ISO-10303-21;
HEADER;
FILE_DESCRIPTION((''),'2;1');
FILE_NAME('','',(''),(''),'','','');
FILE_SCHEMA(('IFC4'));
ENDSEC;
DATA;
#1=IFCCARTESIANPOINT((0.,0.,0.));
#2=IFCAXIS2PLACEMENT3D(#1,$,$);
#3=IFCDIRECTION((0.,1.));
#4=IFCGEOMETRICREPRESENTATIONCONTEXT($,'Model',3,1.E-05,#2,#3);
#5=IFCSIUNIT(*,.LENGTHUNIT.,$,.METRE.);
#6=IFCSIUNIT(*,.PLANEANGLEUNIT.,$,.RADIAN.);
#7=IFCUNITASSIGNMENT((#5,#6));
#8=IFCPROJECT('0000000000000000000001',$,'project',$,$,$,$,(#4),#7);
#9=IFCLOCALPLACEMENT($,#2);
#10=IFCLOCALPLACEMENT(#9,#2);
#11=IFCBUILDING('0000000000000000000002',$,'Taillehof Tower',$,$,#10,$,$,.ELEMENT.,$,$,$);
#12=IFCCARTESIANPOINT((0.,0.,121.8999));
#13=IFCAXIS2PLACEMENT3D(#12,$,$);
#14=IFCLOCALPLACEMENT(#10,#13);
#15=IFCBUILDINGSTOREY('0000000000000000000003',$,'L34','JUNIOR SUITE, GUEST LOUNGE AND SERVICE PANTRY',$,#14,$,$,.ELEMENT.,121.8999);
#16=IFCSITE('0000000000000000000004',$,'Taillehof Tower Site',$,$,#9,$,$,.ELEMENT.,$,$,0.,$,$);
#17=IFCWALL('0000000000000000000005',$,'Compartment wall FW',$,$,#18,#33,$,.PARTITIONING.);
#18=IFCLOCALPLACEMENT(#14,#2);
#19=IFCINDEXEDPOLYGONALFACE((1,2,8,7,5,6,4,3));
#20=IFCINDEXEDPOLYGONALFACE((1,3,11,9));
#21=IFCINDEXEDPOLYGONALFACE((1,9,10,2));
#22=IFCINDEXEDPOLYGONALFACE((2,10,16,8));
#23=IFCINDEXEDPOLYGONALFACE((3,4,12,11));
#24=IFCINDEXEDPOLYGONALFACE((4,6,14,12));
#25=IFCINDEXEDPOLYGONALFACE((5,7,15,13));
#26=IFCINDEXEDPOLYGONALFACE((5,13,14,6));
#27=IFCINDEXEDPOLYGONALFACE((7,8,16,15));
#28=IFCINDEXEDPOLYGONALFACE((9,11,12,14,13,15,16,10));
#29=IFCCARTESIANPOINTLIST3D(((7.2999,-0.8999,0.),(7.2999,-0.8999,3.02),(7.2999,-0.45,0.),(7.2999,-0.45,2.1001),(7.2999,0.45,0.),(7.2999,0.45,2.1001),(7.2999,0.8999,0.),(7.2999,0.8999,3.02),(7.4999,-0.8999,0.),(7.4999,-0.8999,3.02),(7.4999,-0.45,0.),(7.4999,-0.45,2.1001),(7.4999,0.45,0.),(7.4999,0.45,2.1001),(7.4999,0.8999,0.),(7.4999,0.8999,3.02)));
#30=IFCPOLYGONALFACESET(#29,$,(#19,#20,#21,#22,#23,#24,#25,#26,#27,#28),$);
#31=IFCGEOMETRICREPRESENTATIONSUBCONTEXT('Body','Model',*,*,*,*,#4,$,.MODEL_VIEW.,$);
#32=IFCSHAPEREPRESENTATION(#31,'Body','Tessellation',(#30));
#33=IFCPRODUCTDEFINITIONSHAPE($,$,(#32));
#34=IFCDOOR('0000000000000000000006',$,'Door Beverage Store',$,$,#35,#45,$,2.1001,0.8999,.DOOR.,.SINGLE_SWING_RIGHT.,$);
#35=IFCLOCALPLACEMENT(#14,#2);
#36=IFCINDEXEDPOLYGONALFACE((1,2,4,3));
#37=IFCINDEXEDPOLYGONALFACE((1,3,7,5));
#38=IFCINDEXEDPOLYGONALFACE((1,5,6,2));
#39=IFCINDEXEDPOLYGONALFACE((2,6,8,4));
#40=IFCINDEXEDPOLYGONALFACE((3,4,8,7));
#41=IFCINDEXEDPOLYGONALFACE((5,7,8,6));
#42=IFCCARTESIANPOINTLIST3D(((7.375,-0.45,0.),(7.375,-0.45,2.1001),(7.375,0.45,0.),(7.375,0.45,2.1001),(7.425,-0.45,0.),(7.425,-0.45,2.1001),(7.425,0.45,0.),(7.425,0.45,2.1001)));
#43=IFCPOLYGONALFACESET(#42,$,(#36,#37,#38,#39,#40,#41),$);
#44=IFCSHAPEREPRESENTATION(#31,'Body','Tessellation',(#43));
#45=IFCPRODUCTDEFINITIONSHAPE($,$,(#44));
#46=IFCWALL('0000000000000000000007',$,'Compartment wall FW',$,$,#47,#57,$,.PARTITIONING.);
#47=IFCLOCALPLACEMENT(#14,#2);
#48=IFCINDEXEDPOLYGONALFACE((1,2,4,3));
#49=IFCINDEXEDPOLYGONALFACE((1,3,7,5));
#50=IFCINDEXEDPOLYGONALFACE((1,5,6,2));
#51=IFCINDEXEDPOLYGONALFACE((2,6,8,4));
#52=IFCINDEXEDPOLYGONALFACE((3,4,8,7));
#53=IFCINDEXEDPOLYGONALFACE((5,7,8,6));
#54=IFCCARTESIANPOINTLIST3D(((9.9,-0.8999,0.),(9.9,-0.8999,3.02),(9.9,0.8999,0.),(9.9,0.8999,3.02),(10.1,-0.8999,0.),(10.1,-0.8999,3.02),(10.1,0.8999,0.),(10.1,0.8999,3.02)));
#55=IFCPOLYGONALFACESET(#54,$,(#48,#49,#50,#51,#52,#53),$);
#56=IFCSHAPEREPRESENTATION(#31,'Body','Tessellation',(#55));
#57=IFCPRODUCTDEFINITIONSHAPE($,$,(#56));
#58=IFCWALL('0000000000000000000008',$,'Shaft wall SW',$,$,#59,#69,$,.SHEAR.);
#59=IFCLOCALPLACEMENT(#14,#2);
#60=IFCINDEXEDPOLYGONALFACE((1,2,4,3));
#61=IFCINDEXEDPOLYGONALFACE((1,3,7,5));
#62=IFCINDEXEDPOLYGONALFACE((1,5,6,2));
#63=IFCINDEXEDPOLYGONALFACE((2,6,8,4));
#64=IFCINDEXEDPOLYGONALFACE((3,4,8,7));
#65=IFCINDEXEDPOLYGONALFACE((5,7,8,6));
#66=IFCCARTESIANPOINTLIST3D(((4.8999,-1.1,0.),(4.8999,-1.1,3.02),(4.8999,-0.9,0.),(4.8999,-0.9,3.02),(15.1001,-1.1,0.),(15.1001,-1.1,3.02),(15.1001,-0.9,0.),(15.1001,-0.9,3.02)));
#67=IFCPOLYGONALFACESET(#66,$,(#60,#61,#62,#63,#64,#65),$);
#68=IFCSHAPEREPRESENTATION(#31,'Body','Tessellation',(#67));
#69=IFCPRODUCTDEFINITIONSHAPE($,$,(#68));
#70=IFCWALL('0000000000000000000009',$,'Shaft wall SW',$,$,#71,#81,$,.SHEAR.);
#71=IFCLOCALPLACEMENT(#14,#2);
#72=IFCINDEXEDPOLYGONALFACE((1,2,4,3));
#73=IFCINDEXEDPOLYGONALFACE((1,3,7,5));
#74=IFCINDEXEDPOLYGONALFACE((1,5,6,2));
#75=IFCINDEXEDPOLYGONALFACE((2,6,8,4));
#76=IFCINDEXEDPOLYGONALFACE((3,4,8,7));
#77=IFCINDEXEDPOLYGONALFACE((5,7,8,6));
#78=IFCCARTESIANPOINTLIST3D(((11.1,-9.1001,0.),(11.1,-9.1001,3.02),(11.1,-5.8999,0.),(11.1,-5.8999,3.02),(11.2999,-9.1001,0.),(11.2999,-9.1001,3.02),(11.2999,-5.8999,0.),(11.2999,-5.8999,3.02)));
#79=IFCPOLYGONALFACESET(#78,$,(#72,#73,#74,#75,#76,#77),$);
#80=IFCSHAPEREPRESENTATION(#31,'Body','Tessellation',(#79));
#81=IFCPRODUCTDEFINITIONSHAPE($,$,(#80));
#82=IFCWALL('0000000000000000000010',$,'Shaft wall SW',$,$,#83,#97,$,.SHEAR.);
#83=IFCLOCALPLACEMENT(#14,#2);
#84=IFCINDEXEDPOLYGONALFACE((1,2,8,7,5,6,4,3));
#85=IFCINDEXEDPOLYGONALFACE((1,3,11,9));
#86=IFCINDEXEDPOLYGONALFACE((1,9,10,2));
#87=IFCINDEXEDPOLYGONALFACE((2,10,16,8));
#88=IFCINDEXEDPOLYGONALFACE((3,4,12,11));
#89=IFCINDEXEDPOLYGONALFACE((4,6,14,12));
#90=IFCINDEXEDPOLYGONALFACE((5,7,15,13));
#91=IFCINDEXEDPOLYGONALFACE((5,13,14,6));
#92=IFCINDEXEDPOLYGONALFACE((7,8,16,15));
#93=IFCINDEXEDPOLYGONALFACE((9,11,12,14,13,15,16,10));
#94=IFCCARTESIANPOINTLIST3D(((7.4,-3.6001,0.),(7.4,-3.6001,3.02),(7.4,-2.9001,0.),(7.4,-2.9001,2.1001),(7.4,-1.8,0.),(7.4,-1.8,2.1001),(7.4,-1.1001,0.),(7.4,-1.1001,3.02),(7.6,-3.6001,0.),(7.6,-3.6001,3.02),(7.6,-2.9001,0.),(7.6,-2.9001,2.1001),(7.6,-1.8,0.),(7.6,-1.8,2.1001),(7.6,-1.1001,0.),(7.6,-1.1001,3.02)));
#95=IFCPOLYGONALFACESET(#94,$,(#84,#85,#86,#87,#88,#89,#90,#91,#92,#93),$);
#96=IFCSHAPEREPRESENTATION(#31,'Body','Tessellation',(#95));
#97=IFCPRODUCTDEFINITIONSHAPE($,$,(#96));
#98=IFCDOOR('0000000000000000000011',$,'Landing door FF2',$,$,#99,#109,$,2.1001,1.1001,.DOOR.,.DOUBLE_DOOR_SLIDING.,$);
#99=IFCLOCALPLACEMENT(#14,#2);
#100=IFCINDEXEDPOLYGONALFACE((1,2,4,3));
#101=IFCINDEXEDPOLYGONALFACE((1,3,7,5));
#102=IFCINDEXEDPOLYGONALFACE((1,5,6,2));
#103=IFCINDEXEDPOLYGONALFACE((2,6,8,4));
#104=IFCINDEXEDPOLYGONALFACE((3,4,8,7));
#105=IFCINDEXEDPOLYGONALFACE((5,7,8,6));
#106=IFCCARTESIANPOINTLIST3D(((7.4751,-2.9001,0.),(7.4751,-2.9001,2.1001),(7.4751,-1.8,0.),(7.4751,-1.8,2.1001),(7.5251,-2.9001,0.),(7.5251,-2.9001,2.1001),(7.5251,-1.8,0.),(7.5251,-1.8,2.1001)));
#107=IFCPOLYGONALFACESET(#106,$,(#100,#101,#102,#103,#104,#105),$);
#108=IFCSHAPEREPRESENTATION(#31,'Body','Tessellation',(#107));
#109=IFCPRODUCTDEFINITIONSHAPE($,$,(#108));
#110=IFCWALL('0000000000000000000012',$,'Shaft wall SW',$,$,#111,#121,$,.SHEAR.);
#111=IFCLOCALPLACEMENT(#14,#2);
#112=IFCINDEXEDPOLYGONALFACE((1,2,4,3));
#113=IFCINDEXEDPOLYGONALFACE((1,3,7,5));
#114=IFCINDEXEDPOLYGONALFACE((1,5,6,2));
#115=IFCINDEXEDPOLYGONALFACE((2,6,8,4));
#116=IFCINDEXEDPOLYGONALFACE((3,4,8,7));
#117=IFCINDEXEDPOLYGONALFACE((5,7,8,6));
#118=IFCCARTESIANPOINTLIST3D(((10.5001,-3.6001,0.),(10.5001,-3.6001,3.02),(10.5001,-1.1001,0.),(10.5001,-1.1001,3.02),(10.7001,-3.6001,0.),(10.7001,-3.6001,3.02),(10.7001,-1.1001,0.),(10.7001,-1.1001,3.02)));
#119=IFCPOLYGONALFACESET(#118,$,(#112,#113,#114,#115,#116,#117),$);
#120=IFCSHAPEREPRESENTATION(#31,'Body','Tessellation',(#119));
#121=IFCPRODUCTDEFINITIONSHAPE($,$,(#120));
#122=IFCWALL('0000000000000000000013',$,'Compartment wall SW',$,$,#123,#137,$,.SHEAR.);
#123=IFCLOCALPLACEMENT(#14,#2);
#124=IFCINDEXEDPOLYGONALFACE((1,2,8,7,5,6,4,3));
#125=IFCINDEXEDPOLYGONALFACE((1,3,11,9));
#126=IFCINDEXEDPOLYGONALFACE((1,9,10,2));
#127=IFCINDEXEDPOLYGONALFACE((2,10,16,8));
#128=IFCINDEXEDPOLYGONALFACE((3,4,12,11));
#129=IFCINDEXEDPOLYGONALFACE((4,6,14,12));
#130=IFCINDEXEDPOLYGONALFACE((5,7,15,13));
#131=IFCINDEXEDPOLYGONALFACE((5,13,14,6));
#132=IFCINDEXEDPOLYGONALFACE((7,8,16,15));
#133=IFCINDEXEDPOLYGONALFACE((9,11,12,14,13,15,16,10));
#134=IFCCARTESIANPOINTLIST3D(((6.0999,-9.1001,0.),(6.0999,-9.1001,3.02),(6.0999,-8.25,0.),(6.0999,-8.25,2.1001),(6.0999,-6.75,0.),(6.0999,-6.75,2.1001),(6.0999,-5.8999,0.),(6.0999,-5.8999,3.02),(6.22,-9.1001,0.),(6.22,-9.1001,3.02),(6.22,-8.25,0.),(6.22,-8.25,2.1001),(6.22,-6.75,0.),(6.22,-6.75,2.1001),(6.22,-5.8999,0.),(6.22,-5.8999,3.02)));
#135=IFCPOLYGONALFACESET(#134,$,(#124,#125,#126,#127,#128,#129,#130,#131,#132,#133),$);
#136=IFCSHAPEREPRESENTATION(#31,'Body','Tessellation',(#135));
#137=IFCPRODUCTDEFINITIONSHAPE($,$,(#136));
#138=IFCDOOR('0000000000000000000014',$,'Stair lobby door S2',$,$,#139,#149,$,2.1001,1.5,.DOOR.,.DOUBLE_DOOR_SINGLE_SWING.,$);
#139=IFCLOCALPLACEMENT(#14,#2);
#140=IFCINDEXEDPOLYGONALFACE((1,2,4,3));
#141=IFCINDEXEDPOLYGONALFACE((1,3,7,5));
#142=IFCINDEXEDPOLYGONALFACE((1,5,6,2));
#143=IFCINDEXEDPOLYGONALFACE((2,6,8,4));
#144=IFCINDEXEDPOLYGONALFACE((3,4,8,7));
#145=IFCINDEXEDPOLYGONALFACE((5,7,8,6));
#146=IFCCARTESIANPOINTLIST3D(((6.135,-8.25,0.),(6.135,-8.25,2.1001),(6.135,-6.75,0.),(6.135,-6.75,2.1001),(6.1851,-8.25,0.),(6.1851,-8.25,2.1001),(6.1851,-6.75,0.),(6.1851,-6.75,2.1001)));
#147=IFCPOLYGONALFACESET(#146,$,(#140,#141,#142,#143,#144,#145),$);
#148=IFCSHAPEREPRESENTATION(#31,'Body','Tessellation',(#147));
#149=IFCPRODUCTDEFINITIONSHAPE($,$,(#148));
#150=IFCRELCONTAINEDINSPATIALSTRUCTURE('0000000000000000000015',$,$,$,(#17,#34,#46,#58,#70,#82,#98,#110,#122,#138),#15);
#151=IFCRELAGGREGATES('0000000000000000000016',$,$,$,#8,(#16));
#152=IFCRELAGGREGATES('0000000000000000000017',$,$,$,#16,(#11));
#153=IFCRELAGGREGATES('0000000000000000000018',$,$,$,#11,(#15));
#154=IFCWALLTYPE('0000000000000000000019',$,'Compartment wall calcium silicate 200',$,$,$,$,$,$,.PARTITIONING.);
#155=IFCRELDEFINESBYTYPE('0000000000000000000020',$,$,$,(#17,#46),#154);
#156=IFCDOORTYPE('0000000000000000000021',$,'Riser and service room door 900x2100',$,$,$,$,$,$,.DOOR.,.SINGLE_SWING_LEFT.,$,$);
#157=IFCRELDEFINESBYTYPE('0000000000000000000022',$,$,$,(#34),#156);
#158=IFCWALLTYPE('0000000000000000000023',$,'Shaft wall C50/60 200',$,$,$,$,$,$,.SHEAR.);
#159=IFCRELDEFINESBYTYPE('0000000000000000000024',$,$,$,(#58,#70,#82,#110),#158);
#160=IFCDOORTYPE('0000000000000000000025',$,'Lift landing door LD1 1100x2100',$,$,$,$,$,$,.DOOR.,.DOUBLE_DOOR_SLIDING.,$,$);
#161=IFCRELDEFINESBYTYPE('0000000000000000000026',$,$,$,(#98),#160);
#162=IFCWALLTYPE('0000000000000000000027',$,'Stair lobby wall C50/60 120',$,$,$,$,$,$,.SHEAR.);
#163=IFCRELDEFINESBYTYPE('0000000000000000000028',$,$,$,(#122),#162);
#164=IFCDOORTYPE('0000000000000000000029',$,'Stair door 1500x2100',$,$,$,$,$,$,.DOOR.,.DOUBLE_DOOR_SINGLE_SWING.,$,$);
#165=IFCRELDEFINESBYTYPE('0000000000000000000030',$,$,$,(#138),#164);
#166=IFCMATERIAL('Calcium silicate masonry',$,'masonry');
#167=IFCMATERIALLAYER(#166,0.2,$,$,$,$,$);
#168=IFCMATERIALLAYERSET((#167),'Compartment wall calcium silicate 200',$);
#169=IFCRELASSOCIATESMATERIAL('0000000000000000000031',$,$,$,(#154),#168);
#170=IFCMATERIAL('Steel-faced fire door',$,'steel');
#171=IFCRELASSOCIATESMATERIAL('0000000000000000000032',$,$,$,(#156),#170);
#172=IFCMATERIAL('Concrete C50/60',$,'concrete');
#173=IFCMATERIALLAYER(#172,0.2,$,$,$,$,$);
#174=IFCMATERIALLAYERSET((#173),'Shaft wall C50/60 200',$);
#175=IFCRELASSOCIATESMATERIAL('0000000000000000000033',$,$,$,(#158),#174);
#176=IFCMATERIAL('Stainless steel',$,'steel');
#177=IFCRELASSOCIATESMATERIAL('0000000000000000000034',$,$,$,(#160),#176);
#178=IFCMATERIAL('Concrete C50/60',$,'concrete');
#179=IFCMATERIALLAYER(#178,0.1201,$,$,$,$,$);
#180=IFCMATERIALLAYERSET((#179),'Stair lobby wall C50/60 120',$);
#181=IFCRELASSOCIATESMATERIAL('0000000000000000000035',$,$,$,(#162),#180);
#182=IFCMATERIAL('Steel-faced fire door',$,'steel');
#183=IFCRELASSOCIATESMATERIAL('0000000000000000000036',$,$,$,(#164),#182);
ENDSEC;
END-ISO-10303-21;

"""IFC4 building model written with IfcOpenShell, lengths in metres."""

from ifc_helpers import new_model, si_unit, direction, frame, frame_2d, origin, place, context, subcontext, project, spatial, rectangle, extrude, material, layer, layer_set, type_object, element, fill, save


model = new_model("IFC4")

# Units and contexts
model_context = context("Model", 3, precision=1e-05, world=origin(), true_north=direction((0.0, 1.0)))
body_context = subcontext(model_context, "Body", "Model", "MODEL_VIEW")
ifc_project = project(units=[si_unit("LENGTHUNIT", "METRE"), si_unit("PLANEANGLEUNIT", "RADIAN")], contexts=[model_context])

# Site, building, storey
site_placement = place(None, origin())
site = spatial("IfcSite", under=ifc_project, at=site_placement, Name="Taillehof Tower Site", CompositionType="ELEMENT", RefElevation=0.0)
building_placement = place(site_placement, origin())
building = spatial("IfcBuilding", under=site, at=building_placement, Name="Taillehof Tower", CompositionType="ELEMENT")
storey_placement = place(building_placement, frame((0.0, 0.0, 121.8999)))
storey = spatial("IfcBuildingStorey", under=building, at=storey_placement, Name="L34", Description="JUNIOR SUITE, GUEST LOUNGE AND SERVICE PANTRY", CompositionType="ELEMENT", Elevation=121.8999)

# Wall, opening, door
ifc_material_1 = material(Name="Calcium silicate masonry", Category="masonry")
ifc_layer_1 = layer(ifc_material_1, 0.2)
ifc_layer_set_1 = layer_set([ifc_layer_1], Name="Compartment wall calcium silicate 200")
wall_type_1 = type_object("IfcWallType", Name="Compartment wall calcium silicate 200", PredefinedType="PARTITIONING", material=ifc_layer_set_1)
wall_1_placement = place(storey_placement, frame((7.3999, -0.8999, 0.0), z_axis=(0.0, 0.0, 1.0), x_axis=(0.0, 1.0, 0.0)))
wall_1 = element("IfcWall", 1, at=wall_1_placement, inside=storey, type_object=wall_type_1, Name="Compartment wall FW", PredefinedType="PARTITIONING", context=body_context, shape_type="SweptSolid", body=[
    extrude(rectangle(XDim=1.7998, YDim=0.2, at=frame_2d((0.8999, 0.0))), origin(), (0.0, 0.0, 1.0), 3.02),
])
opening_1_placement = place(wall_1_placement, frame((0.45, 0.0, 0.0)))
opening_1 = element("IfcOpeningElement", 2, at=opening_1_placement, cuts=wall_1, PredefinedType="OPENING", context=body_context, shape_type="SweptSolid", body=[
    extrude(rectangle(XDim=0.8999, YDim=2.1001, at=frame_2d((0.45, 1.05))), frame((0.0, 0.1099, 0.0), z_axis=(0.0, -1.0, 0.0), x_axis=(1.0, 0.0, 0.0)), (0.0, 0.0, 1.0), 0.22),
])
ifc_material_2 = material(Name="Steel-faced fire door", Category="steel")
door_type_1 = type_object("IfcDoorType", Name="Riser and service room door 900x2100", OperationType="SINGLE_SWING_LEFT", PredefinedType="DOOR", material=ifc_material_2)
door_1_placement = place(opening_1_placement, origin())
door_1 = element("IfcDoor", 3, at=door_1_placement, inside=storey, type_object=door_type_1, Name="Door Beverage Store", OperationType="SINGLE_SWING_RIGHT", OverallHeight=2.1001, OverallWidth=0.8999, PredefinedType="DOOR", context=body_context, shape_type="SweptSolid", body=[
    extrude(rectangle(XDim=0.8999, YDim=2.1001, at=frame_2d((0.45, 1.05))), frame((0.0, 0.0249, 0.0), z_axis=(0.0, -1.0, 0.0), x_axis=(1.0, 0.0, 0.0)), (0.0, 0.0, 1.0), 0.05),
])
fill(opening_1, door_1)

# Walls
wall_2_placement = place(storey_placement, frame((10.0, -0.8999, 0.0), z_axis=(0.0, 0.0, 1.0), x_axis=(0.0, 1.0, 0.0)))
element("IfcWall", 4, at=wall_2_placement, inside=storey, type_object=wall_type_1, Name="Compartment wall FW", PredefinedType="PARTITIONING", context=body_context, shape_type="SweptSolid", body=[
    extrude(rectangle(XDim=1.7998, YDim=0.2, at=frame_2d((0.8999, 0.0))), origin(), (0.0, 0.0, 1.0), 3.02),
])
ifc_material_3 = material(Name="Concrete C50/60", Category="concrete")
ifc_layer_2 = layer(ifc_material_3, 0.2)
ifc_layer_set_2 = layer_set([ifc_layer_2], Name="Shaft wall C50/60 200")
wall_type_2 = type_object("IfcWallType", Name="Shaft wall C50/60 200", PredefinedType="SHEAR", material=ifc_layer_set_2)
wall_3_placement = place(storey_placement, frame((4.8999, -1.0, 0.0), z_axis=(0.0, 0.0, 1.0), x_axis=(1.0, 0.0, 0.0)))
element("IfcWall", 5, at=wall_3_placement, inside=storey, type_object=wall_type_2, Name="Shaft wall SW", PredefinedType="SHEAR", context=body_context, shape_type="SweptSolid", body=[
    extrude(rectangle(XDim=10.2002, YDim=0.2, at=frame_2d((5.1001, 0.0))), origin(), (0.0, 0.0, 1.0), 3.02),
])
wall_4_placement = place(storey_placement, frame((11.2, -9.1001, 0.0), z_axis=(0.0, 0.0, 1.0), x_axis=(0.0, 1.0, 0.0)))
element("IfcWall", 6, at=wall_4_placement, inside=storey, type_object=wall_type_2, Name="Shaft wall SW", PredefinedType="SHEAR", context=body_context, shape_type="SweptSolid", body=[
    extrude(rectangle(XDim=3.2002, YDim=0.2, at=frame_2d((1.6001, 0.0))), origin(), (0.0, 0.0, 1.0), 3.02),
])

# Wall, opening, door
wall_5_placement = place(storey_placement, frame((7.5, -3.6001, 0.0), z_axis=(0.0, 0.0, 1.0), x_axis=(0.0, 1.0, 0.0)))
wall_5 = element("IfcWall", 7, at=wall_5_placement, inside=storey, type_object=wall_type_2, Name="Shaft wall SW", PredefinedType="SHEAR", context=body_context, shape_type="SweptSolid", body=[
    extrude(rectangle(XDim=2.5, YDim=0.2, at=frame_2d((1.25, 0.0))), origin(), (0.0, 0.0, 1.0), 3.02),
])
opening_2_placement = place(wall_5_placement, frame((0.7, 0.0, 0.0)))
opening_2 = element("IfcOpeningElement", 8, at=opening_2_placement, cuts=wall_5, PredefinedType="OPENING", context=body_context, shape_type="SweptSolid", body=[
    extrude(rectangle(XDim=1.1001, YDim=2.1001, at=frame_2d((0.55, 1.05))), frame((0.0, 0.1099, 0.0), z_axis=(0.0, -1.0, 0.0), x_axis=(1.0, 0.0, 0.0)), (0.0, 0.0, 1.0), 0.22),
])
ifc_material_4 = material(Name="Stainless steel", Category="steel")
door_type_2 = type_object("IfcDoorType", Name="Lift landing door LD1 1100x2100", OperationType="DOUBLE_DOOR_SLIDING", PredefinedType="DOOR", material=ifc_material_4)
door_2_placement = place(opening_2_placement, origin())
door_2 = element("IfcDoor", 9, at=door_2_placement, inside=storey, type_object=door_type_2, Name="Landing door FF2", OperationType="DOUBLE_DOOR_SLIDING", OverallHeight=2.1001, OverallWidth=1.1001, PredefinedType="DOOR", context=body_context, shape_type="SweptSolid", body=[
    extrude(rectangle(XDim=1.1001, YDim=2.1001, at=frame_2d((0.55, 1.05))), frame((0.0, 0.0249, 0.0), z_axis=(0.0, -1.0, 0.0), x_axis=(1.0, 0.0, 0.0)), (0.0, 0.0, 1.0), 0.05),
])
fill(opening_2, door_2)

# Wall
wall_6_placement = place(storey_placement, frame((10.6001, -3.6001, 0.0), z_axis=(0.0, 0.0, 1.0), x_axis=(0.0, 1.0, 0.0)))
element("IfcWall", 10, at=wall_6_placement, inside=storey, type_object=wall_type_2, Name="Shaft wall SW", PredefinedType="SHEAR", context=body_context, shape_type="SweptSolid", body=[
    extrude(rectangle(XDim=2.5, YDim=0.2, at=frame_2d((1.25, 0.0))), origin(), (0.0, 0.0, 1.0), 3.02),
])

# Wall, opening, door
ifc_material_5 = material(Name="Concrete C50/60", Category="concrete")
ifc_layer_3 = layer(ifc_material_5, 0.1201)
ifc_layer_set_3 = layer_set([ifc_layer_3], Name="Stair lobby wall C50/60 120")
wall_type_3 = type_object("IfcWallType", Name="Stair lobby wall C50/60 120", PredefinedType="SHEAR", material=ifc_layer_set_3)
wall_7_placement = place(storey_placement, frame((6.1599, -9.1001, 0.0), z_axis=(0.0, 0.0, 1.0), x_axis=(0.0, 1.0, 0.0)))
wall_7 = element("IfcWall", 11, at=wall_7_placement, inside=storey, type_object=wall_type_3, Name="Compartment wall SW", PredefinedType="SHEAR", context=body_context, shape_type="SweptSolid", body=[
    extrude(rectangle(XDim=3.2002, YDim=0.1201, at=frame_2d((1.6001, 0.0))), origin(), (0.0, 0.0, 1.0), 3.02),
])
opening_3_placement = place(wall_7_placement, frame((0.8501, 0.0, 0.0)))
opening_3 = element("IfcOpeningElement", 12, at=opening_3_placement, cuts=wall_7, PredefinedType="OPENING", context=body_context, shape_type="SweptSolid", body=[
    extrude(rectangle(XDim=1.5, YDim=2.1001, at=frame_2d((0.75, 1.05))), frame((0.0, 0.0701, 0.0), z_axis=(0.0, -1.0, 0.0), x_axis=(1.0, 0.0, 0.0)), (0.0, 0.0, 1.0), 0.1401),
])
ifc_material_6 = material(Name="Steel-faced fire door", Category="steel")
door_type_3 = type_object("IfcDoorType", Name="Stair door 1500x2100", OperationType="DOUBLE_DOOR_SINGLE_SWING", PredefinedType="DOOR", material=ifc_material_6)
door_3_placement = place(opening_3_placement, origin())
door_3 = element("IfcDoor", 13, at=door_3_placement, inside=storey, type_object=door_type_3, Name="Stair lobby door S2", OperationType="DOUBLE_DOOR_SINGLE_SWING", OverallHeight=2.1001, OverallWidth=1.5, PredefinedType="DOOR", context=body_context, shape_type="SweptSolid", body=[
    extrude(rectangle(XDim=1.5, YDim=2.1001, at=frame_2d((0.75, 1.05))), frame((0.0, 0.0249, 0.0), z_axis=(0.0, -1.0, 0.0), x_axis=(1.0, 0.0, 0.0)), (0.0, 0.0, 1.0), 0.05),
])
fill(opening_3, door_3)

save(model, "model.ifc")
